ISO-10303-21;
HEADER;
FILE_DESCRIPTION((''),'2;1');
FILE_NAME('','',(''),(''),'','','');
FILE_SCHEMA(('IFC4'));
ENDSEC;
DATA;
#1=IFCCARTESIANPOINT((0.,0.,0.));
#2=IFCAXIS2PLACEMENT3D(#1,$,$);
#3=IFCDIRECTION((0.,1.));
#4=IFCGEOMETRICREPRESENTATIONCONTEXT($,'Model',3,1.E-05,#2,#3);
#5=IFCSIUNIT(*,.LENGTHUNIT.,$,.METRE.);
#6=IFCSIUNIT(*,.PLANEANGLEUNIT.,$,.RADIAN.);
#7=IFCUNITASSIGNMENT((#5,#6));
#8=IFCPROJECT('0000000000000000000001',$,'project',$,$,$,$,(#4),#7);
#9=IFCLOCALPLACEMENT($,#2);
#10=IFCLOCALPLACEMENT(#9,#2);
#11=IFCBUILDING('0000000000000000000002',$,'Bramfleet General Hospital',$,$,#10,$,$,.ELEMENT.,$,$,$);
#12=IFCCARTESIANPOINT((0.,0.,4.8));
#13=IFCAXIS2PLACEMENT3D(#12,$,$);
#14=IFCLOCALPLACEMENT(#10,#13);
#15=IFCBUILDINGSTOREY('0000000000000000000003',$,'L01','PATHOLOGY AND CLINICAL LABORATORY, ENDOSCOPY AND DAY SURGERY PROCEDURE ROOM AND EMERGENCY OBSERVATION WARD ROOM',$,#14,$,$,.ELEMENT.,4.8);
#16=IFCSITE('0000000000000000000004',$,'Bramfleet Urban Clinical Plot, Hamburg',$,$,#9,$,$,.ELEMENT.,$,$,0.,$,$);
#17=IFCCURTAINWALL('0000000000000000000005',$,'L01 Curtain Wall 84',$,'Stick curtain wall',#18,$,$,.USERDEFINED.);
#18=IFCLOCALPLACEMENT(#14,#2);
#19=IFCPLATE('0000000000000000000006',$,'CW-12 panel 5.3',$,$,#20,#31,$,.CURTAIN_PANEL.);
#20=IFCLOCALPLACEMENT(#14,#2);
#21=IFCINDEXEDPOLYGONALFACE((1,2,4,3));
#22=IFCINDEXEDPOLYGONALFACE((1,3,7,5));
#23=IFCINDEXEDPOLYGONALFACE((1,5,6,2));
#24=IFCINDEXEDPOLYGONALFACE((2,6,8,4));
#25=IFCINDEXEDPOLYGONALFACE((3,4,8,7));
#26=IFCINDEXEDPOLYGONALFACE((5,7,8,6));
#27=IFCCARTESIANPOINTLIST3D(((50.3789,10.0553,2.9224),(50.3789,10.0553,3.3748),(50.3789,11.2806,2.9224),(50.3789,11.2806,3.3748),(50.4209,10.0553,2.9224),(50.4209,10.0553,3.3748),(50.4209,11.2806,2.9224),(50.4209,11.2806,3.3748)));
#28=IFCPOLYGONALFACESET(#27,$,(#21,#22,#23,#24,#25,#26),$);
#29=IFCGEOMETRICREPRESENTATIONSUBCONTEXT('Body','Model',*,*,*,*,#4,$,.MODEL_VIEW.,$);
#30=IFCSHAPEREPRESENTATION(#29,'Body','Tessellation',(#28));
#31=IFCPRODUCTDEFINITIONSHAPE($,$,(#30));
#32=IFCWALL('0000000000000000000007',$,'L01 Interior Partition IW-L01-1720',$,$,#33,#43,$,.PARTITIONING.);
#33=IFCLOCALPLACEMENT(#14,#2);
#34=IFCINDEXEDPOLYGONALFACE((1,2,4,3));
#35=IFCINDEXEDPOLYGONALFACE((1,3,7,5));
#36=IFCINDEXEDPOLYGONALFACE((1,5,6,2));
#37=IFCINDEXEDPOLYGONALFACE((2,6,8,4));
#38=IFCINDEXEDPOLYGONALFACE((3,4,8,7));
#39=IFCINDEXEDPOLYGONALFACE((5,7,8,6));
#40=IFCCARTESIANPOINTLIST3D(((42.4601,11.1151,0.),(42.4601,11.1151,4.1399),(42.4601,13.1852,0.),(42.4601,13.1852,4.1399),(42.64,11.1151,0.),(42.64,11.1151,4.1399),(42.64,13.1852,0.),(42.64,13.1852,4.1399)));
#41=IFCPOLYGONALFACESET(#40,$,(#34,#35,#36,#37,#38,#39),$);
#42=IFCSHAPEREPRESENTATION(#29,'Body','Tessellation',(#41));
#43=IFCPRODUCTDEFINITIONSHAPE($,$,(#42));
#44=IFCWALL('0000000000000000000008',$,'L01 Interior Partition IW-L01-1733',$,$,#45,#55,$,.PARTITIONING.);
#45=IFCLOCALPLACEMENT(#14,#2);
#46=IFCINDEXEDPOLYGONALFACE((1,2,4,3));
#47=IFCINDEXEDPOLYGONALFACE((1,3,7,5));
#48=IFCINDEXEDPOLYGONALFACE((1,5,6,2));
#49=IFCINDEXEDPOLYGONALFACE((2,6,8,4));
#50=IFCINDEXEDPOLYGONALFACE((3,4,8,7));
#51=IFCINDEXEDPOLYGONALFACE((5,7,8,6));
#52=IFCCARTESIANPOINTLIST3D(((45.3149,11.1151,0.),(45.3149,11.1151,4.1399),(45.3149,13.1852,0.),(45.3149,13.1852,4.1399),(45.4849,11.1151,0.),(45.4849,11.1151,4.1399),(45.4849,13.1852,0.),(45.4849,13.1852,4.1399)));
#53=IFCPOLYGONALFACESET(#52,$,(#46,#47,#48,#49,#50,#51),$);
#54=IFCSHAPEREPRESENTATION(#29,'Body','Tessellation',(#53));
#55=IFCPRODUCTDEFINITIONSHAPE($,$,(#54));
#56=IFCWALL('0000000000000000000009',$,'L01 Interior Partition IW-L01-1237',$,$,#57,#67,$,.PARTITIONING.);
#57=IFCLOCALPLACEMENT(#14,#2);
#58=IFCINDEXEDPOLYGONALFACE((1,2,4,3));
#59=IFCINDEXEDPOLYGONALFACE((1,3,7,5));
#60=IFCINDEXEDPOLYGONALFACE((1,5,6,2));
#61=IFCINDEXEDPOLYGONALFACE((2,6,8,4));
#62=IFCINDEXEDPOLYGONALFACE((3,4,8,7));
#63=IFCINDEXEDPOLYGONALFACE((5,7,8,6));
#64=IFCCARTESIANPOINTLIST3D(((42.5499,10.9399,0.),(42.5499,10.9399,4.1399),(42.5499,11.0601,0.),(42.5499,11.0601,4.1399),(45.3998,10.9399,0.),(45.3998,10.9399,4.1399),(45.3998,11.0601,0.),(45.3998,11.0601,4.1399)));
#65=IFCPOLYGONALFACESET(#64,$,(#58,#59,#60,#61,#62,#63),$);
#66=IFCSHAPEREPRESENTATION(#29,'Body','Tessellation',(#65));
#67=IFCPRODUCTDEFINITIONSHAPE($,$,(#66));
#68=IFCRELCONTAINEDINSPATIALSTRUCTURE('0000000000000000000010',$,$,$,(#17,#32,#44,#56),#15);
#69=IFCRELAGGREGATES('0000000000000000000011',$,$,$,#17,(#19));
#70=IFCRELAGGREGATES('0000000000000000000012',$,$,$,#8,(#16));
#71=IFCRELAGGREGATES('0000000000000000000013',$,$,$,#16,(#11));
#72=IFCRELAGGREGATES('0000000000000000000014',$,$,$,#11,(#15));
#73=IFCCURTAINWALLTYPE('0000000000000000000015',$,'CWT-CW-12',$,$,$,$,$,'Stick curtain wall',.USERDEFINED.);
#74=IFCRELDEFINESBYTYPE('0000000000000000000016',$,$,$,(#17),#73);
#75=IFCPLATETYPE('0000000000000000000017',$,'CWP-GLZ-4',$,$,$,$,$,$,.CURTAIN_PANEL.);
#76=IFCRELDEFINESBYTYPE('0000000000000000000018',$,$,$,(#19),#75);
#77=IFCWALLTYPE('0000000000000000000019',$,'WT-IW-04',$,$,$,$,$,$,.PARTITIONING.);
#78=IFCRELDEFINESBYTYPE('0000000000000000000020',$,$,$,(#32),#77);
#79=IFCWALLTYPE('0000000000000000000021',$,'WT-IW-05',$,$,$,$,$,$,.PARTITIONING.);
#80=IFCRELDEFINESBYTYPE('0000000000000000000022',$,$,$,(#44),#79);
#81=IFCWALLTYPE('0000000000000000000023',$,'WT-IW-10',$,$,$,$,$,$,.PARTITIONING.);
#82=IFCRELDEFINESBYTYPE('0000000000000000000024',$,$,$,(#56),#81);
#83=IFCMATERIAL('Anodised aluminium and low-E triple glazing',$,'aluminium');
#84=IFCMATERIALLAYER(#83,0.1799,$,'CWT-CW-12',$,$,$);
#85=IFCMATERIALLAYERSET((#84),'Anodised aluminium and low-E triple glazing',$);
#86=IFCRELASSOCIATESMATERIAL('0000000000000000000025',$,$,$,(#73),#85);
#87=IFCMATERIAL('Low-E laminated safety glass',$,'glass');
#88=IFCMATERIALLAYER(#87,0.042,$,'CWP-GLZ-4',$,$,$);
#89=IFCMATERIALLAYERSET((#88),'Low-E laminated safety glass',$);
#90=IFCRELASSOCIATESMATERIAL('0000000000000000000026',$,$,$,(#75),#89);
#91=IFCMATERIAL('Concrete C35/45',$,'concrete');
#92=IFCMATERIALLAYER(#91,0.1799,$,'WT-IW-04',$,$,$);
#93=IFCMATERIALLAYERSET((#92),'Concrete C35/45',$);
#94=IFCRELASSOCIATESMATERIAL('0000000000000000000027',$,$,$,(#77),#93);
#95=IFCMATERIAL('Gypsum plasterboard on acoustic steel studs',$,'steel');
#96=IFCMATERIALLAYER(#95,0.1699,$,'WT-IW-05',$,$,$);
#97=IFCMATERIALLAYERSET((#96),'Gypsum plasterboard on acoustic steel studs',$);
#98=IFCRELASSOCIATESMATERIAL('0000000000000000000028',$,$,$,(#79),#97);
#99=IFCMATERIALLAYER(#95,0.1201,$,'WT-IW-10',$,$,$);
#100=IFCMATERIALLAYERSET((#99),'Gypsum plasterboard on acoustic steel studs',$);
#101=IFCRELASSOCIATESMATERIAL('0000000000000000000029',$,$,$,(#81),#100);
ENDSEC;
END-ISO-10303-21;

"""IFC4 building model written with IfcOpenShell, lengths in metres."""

from ifc_helpers import new_model, si_unit, direction, frame, frame_2d, origin, origin_2d, place, context, subcontext, project, spatial, rectangle, extrude, material, layer, layer_set, type_object, element, aggregate, save


model = new_model("IFC4")

# Units and contexts
model_context = context("Model", 3, precision=1e-05, world=origin(), true_north=direction((0.0, 1.0)))
body_context = subcontext(model_context, "Body", "Model", "MODEL_VIEW")
ifc_project = project(units=[si_unit("LENGTHUNIT", "METRE"), si_unit("PLANEANGLEUNIT", "RADIAN")], contexts=[model_context])

# Site, building, storey
site_placement = place(None, origin())
site = spatial("IfcSite", under=ifc_project, at=site_placement, Name="Bramfleet Urban Clinical Plot, Hamburg", CompositionType="ELEMENT", RefElevation=0.0)
building_placement = place(site_placement, origin())
building = spatial("IfcBuilding", under=site, at=building_placement, Name="Bramfleet General Hospital", CompositionType="ELEMENT")
storey_placement = place(building_placement, frame((0.0, 0.0, 4.8)))
storey = spatial("IfcBuildingStorey", under=building, at=storey_placement, Name="L01", Description="PATHOLOGY AND CLINICAL LABORATORY, ENDOSCOPY AND DAY SURGERY PROCEDURE ROOM AND EMERGENCY OBSERVATION WARD ROOM", CompositionType="ELEMENT", Elevation=4.8)

# Curtain wall, plate
ifc_material_1 = material(Name="Anodised aluminium and low-E triple glazing", Category="aluminium")
ifc_layer_1 = layer(ifc_material_1, 0.1799, Name="CWT-CW-12")
ifc_layer_set_1 = layer_set([ifc_layer_1], Name="Anodised aluminium and low-E triple glazing")
curtain_wall_type = type_object("IfcCurtainWallType", Name="CWT-CW-12", ElementType="Stick curtain wall", PredefinedType="USERDEFINED", material=ifc_layer_set_1)
curtain_wall_placement = place(storey_placement, origin())
curtain_wall = element("IfcCurtainWall", 1, at=curtain_wall_placement, inside=storey, type_object=curtain_wall_type, Name="L01 Curtain Wall 84", ObjectType="Stick curtain wall", PredefinedType="USERDEFINED")
ifc_material_2 = material(Name="Low-E laminated safety glass", Category="glass")
ifc_layer_2 = layer(ifc_material_2, 0.042, Name="CWP-GLZ-4")
ifc_layer_set_2 = layer_set([ifc_layer_2], Name="Low-E laminated safety glass")
plate_type = type_object("IfcPlateType", Name="CWP-GLZ-4", PredefinedType="CURTAIN_PANEL", material=ifc_layer_set_2)
plate_1_placement = place(storey_placement, frame((50.3999, 10.668, 2.9224), z_axis=(0.0, 0.0, 1.0), x_axis=(0.0, -1.0, 0.0)))
plate_1 = element("IfcPlate", 2, at=plate_1_placement, type_object=plate_type, Name="CW-12 panel 5.3", PredefinedType="CURTAIN_PANEL", context=body_context, shape_type="SweptSolid", body=[
    extrude(rectangle(XDim=1.2253, YDim=0.042, at=origin_2d()), origin(), (0.0, 0.0, 1.0), 0.4524),
])
aggregate(curtain_wall, [plate_1])

# Shared definitions
ifc_material_3 = material(Name="Concrete C35/45", Category="concrete")

# Walls
ifc_layer_3 = layer(ifc_material_3, 0.1799, Name="WT-IW-04")
ifc_layer_set_3 = layer_set([ifc_layer_3], Name="Concrete C35/45")
wall_type_1 = type_object("IfcWallType", Name="WT-IW-04", PredefinedType="PARTITIONING", material=ifc_layer_set_3)
wall_1_placement = place(storey_placement, frame((42.55, 11.115, 0.0), z_axis=(0.0, 0.0, 1.0), x_axis=(0.0, 1.0, 0.0)))
element("IfcWall", 3, at=wall_1_placement, inside=storey, type_object=wall_type_1, Name="L01 Interior Partition IW-L01-1720", PredefinedType="PARTITIONING", context=body_context, shape_type="SweptSolid", body=[
    extrude(rectangle(XDim=2.0701, YDim=0.1799, at=frame_2d((1.0352, 0.0))), origin(), (0.0, 0.0, 1.0), 4.1399),
])
ifc_material_4 = material(Name="Gypsum plasterboard on acoustic steel studs", Category="steel")
ifc_layer_4 = layer(ifc_material_4, 0.1699, Name="WT-IW-05")
ifc_layer_set_4 = layer_set([ifc_layer_4], Name="Gypsum plasterboard on acoustic steel studs")
wall_type_2 = type_object("IfcWallType", Name="WT-IW-05", PredefinedType="PARTITIONING", material=ifc_layer_set_4)
wall_2_placement = place(storey_placement, frame((45.3999, 11.115, 0.0), z_axis=(0.0, 0.0, 1.0), x_axis=(0.0, 1.0, 0.0)))
element("IfcWall", 4, at=wall_2_placement, inside=storey, type_object=wall_type_2, Name="L01 Interior Partition IW-L01-1733", PredefinedType="PARTITIONING", context=body_context, shape_type="SweptSolid", body=[
    extrude(rectangle(XDim=2.0701, YDim=0.1699, at=frame_2d((1.0352, 0.0))), origin(), (0.0, 0.0, 1.0), 4.1399),
])
ifc_layer_5 = layer(ifc_material_4, 0.1201, Name="WT-IW-10")
ifc_layer_set_5 = layer_set([ifc_layer_5], Name="Gypsum plasterboard on acoustic steel studs")
wall_type_3 = type_object("IfcWallType", Name="WT-IW-10", PredefinedType="PARTITIONING", material=ifc_layer_set_5)
wall_3_placement = place(storey_placement, frame((42.55, 11.0, 0.0), z_axis=(0.0, 0.0, 1.0), x_axis=(1.0, 0.0, 0.0)))
element("IfcWall", 5, at=wall_3_placement, inside=storey, type_object=wall_type_3, Name="L01 Interior Partition IW-L01-1237", PredefinedType="PARTITIONING", context=body_context, shape_type="SweptSolid", body=[
    extrude(rectangle(XDim=2.8499, YDim=0.1201, at=frame_2d((1.4248, 0.0))), origin(), (0.0, 0.0, 1.0), 4.1399),
])

save(model, "model.ifc")
